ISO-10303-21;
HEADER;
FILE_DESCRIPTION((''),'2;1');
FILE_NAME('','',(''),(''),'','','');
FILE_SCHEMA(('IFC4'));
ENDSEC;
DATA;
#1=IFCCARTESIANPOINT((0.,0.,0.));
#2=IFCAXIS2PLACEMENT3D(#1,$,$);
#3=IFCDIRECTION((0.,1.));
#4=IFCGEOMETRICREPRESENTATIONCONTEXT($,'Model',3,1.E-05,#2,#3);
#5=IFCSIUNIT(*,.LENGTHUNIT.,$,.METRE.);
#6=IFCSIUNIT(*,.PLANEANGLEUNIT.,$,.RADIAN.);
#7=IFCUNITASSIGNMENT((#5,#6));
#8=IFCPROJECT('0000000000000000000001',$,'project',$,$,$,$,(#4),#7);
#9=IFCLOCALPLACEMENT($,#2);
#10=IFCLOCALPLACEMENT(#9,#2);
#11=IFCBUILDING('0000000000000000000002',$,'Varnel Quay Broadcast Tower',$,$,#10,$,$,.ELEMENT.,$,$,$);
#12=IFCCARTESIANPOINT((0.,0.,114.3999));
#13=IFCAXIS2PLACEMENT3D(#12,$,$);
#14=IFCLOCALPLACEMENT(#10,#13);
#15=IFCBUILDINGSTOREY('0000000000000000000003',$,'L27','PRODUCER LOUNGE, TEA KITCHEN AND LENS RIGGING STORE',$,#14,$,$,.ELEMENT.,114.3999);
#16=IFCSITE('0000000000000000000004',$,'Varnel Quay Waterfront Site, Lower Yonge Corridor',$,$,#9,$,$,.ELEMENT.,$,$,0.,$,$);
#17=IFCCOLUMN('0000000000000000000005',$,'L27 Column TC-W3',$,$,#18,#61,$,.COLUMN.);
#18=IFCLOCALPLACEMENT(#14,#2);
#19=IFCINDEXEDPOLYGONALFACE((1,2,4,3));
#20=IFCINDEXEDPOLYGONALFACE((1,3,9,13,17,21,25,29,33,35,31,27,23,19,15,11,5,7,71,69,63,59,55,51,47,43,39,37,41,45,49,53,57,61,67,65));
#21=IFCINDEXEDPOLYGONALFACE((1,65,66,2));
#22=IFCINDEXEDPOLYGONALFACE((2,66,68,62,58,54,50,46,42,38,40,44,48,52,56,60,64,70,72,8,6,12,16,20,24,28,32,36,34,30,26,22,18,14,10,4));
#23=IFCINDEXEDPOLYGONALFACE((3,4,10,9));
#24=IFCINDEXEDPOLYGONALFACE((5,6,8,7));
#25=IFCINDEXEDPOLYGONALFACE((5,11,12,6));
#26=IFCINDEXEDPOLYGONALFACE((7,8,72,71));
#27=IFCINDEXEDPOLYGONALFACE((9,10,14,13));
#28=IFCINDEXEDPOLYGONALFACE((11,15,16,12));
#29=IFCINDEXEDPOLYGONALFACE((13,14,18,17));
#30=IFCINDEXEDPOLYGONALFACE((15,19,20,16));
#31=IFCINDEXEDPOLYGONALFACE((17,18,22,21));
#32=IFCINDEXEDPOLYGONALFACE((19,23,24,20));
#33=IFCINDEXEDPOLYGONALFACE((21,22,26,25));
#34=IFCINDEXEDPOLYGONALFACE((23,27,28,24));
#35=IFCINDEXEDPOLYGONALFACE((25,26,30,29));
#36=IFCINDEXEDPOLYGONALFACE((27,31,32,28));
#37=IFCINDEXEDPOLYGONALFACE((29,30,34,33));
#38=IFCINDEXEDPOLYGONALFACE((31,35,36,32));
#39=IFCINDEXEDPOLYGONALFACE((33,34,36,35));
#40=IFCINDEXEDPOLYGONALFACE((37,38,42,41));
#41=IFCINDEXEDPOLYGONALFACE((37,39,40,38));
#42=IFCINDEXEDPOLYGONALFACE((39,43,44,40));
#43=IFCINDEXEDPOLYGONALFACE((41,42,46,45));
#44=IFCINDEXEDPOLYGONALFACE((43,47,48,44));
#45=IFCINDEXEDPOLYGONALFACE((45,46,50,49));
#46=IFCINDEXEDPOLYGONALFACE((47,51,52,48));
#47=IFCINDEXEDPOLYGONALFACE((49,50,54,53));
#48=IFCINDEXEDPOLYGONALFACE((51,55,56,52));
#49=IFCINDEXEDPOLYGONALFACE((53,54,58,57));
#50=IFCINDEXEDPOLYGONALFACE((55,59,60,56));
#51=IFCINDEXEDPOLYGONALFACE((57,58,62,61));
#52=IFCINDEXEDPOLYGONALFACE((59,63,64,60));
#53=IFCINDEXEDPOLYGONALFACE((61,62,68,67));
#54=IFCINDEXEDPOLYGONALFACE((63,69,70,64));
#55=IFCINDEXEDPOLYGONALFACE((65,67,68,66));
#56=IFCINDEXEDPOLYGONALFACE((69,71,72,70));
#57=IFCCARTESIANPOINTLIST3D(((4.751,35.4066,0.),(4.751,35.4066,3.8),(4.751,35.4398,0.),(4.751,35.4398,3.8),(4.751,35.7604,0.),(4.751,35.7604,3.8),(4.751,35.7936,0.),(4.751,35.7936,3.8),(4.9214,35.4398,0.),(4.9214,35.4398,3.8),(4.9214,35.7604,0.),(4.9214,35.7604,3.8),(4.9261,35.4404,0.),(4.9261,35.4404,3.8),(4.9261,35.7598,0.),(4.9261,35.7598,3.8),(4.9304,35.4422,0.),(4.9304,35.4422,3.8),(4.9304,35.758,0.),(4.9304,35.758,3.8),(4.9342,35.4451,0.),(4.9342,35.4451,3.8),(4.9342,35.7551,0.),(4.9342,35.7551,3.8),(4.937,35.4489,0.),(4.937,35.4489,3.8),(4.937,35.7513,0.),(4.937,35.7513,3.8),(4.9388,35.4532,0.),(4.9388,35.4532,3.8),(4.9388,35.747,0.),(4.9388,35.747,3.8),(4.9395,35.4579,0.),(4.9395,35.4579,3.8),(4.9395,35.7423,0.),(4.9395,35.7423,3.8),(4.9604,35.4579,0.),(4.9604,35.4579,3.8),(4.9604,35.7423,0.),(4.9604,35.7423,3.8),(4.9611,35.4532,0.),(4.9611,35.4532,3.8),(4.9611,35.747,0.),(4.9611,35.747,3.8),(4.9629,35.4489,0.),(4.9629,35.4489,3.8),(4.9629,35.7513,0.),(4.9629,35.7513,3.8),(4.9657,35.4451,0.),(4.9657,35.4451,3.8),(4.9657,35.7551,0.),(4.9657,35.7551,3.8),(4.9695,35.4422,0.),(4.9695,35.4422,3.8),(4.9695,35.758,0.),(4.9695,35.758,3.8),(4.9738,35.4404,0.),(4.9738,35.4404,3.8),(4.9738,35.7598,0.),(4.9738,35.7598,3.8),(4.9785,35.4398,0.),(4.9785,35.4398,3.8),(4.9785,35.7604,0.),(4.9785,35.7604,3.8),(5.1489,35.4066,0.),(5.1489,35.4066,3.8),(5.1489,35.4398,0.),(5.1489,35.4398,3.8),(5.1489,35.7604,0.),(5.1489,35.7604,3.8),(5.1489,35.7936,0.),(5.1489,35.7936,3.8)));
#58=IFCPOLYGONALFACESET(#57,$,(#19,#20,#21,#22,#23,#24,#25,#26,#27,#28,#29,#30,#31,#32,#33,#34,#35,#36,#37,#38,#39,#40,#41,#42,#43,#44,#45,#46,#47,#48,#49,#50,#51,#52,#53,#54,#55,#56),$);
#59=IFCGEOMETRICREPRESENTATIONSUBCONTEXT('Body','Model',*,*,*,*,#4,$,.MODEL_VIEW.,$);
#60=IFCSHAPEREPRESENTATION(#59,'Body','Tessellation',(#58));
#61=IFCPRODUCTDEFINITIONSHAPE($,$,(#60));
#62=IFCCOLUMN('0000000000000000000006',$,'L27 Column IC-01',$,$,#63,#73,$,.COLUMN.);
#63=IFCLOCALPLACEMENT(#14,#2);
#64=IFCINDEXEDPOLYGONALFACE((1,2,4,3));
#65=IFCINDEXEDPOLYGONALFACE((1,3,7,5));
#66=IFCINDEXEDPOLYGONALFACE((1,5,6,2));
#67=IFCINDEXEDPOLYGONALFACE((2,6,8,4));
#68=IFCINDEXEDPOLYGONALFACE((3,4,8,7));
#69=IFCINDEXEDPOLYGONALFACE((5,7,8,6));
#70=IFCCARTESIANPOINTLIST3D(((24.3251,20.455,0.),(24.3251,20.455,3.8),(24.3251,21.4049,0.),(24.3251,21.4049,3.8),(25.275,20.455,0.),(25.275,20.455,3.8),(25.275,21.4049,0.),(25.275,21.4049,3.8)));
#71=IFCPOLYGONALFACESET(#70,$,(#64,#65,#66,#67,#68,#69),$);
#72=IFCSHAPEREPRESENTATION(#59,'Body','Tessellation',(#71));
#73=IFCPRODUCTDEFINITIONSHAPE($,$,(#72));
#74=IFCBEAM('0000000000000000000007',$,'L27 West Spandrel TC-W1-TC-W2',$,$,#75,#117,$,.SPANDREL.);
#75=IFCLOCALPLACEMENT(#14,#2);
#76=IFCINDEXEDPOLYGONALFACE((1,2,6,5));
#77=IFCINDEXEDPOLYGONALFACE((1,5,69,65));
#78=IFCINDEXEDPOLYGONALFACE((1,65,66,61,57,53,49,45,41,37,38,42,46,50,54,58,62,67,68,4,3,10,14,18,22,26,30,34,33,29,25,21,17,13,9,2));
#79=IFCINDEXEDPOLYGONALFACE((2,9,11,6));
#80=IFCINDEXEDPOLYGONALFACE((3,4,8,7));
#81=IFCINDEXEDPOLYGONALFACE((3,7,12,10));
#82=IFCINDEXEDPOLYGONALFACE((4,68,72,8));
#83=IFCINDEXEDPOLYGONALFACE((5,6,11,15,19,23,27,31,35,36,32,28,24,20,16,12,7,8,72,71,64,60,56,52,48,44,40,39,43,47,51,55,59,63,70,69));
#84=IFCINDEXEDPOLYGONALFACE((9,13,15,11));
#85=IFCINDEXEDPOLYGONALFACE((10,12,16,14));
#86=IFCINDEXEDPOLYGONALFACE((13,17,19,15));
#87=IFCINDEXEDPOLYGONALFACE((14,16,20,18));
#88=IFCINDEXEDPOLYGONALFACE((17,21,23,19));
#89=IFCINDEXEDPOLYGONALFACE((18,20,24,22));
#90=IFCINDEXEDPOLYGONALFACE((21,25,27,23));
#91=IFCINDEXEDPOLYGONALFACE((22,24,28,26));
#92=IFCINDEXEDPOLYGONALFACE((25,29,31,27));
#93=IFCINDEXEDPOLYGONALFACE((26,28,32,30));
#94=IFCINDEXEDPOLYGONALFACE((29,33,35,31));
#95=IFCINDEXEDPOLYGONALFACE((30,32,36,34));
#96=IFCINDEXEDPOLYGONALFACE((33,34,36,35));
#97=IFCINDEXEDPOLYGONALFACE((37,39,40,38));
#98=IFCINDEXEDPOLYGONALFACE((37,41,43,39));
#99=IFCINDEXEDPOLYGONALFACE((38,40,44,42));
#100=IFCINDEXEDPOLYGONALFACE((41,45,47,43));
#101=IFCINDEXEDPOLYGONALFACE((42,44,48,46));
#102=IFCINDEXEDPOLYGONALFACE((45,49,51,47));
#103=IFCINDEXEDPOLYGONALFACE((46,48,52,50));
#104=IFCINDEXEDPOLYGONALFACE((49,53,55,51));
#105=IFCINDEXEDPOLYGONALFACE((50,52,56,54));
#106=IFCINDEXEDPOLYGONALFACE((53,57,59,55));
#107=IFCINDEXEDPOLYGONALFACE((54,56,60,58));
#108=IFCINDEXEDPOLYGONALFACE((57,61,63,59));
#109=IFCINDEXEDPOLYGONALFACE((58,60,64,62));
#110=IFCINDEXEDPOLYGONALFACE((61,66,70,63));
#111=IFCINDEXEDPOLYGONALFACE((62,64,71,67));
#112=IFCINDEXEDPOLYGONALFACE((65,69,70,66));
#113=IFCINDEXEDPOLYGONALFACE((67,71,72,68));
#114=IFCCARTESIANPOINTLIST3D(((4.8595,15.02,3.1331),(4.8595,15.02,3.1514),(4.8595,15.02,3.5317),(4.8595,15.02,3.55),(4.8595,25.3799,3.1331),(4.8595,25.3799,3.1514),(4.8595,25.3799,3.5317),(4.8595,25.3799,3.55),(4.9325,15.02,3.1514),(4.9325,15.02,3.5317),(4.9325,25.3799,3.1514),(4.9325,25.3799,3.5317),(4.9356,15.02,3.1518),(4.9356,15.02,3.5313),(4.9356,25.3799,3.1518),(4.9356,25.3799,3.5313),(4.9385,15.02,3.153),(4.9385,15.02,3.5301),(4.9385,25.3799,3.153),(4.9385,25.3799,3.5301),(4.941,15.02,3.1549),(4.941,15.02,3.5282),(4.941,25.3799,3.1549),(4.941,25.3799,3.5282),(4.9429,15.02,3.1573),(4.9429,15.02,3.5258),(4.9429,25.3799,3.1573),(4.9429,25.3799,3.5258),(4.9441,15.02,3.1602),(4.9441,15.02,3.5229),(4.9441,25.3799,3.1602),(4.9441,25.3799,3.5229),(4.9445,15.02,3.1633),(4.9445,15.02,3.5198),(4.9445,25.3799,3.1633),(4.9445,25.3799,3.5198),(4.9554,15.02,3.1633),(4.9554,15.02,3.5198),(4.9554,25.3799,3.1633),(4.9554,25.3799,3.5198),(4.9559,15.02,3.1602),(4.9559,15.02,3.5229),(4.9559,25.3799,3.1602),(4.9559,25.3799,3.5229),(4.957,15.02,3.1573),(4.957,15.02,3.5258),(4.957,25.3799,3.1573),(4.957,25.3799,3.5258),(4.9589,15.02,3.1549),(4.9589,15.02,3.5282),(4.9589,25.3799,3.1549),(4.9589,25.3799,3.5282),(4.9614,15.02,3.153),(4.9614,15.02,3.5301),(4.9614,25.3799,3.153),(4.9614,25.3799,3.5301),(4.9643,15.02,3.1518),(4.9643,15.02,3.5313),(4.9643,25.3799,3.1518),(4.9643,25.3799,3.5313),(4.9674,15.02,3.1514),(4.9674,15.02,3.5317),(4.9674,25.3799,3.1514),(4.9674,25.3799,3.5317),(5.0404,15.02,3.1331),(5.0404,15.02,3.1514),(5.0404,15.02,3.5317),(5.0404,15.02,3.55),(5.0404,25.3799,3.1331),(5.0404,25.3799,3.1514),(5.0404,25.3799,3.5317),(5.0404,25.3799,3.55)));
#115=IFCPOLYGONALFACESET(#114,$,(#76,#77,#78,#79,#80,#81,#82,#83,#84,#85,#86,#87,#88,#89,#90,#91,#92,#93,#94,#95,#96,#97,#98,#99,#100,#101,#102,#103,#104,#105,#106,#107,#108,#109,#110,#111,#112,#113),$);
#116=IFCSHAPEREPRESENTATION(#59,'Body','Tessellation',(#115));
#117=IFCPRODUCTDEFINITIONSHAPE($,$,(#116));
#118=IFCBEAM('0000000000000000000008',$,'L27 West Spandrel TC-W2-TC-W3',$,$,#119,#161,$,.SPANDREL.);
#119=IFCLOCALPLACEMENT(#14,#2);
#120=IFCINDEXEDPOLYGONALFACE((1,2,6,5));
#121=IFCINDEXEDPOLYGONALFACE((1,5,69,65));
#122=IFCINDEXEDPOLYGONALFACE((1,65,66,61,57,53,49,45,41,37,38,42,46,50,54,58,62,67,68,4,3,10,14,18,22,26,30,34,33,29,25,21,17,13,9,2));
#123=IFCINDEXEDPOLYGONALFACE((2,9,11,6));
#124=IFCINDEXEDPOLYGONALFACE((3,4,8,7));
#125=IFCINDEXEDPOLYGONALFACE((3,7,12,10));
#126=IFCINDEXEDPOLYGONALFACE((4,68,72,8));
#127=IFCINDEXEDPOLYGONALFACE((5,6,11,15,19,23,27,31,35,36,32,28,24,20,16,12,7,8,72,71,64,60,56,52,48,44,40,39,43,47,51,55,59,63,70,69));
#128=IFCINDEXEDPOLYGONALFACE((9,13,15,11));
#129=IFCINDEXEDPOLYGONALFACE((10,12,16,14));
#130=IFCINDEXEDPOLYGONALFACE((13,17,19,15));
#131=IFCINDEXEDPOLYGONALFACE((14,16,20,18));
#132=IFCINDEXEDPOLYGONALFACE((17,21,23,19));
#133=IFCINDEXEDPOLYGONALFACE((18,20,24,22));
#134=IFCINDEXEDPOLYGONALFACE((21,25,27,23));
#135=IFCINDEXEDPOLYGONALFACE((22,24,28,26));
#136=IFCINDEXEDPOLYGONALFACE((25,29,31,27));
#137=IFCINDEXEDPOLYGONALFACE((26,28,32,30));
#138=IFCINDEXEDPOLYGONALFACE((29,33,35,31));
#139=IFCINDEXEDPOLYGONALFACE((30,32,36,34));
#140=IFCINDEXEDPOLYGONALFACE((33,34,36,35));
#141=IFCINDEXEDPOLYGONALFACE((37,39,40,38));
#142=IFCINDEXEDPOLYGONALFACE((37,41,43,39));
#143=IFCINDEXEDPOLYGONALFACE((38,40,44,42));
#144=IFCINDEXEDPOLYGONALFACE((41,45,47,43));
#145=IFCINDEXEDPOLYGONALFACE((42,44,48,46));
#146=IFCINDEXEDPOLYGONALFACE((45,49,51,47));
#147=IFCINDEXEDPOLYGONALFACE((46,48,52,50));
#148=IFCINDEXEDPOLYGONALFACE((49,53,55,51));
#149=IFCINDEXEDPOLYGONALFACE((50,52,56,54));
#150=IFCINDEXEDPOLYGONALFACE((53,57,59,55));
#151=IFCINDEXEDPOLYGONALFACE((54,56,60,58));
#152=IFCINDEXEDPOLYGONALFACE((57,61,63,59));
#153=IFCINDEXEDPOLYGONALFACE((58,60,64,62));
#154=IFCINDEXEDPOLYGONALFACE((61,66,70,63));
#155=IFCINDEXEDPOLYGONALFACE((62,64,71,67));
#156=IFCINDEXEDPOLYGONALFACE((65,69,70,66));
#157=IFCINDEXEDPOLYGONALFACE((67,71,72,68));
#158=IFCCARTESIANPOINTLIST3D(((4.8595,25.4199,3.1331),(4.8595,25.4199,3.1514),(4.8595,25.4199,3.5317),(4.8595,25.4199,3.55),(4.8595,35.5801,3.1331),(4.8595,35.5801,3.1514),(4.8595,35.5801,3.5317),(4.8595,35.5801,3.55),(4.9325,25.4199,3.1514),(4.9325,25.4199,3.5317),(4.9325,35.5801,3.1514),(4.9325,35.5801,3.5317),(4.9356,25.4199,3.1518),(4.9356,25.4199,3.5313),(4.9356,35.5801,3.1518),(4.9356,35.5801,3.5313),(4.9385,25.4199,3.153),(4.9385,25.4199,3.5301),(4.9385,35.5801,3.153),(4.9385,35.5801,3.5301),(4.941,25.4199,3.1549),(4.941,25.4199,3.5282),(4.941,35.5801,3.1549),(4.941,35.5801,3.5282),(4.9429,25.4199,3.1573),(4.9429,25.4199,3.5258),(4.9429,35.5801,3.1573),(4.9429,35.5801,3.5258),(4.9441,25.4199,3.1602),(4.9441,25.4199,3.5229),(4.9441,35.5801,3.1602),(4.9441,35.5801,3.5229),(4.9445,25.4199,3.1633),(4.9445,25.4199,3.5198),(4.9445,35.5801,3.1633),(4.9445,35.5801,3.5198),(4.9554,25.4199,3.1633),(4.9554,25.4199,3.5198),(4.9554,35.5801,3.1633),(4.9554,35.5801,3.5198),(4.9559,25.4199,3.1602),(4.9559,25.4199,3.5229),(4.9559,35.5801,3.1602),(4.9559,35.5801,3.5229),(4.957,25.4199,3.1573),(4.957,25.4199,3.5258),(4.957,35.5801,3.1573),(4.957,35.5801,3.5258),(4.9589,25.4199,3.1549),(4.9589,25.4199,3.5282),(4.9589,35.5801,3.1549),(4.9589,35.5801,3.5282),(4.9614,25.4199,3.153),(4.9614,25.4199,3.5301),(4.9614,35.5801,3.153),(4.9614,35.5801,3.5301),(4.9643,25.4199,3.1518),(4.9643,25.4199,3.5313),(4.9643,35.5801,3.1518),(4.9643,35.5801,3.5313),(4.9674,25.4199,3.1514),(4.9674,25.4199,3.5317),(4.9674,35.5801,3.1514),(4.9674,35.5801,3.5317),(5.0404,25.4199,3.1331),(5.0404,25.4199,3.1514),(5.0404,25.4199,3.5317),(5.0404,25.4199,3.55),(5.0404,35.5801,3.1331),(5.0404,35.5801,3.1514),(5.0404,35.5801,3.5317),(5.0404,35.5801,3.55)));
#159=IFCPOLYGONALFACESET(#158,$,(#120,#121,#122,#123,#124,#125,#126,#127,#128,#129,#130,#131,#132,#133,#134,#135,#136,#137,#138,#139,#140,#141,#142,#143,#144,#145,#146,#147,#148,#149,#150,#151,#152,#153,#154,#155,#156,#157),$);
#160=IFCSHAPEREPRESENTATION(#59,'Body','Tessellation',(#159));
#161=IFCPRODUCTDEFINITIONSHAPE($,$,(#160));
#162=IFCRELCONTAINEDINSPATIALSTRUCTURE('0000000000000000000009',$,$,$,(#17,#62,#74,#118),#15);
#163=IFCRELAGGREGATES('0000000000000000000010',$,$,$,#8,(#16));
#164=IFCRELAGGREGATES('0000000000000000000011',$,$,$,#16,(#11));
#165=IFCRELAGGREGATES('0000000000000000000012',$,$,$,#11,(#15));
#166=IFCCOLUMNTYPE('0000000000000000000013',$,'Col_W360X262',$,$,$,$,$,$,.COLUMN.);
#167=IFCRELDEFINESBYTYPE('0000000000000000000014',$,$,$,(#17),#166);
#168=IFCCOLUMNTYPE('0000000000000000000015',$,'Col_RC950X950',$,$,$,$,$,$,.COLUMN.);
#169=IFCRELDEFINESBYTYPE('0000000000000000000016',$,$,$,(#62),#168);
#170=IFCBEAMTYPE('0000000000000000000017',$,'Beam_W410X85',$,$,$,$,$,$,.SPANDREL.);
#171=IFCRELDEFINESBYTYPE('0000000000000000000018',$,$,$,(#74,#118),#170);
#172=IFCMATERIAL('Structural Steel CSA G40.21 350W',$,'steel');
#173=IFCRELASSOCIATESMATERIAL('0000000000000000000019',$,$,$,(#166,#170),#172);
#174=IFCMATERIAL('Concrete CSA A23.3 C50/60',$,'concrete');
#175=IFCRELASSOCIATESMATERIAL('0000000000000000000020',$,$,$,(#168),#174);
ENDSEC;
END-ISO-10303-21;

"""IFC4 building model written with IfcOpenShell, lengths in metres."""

from ifc_helpers import new_model, si_unit, direction, frame, origin, origin_2d, place, context, subcontext, project, spatial, rectangle, i_section, extrude, source, transform, mapped, material, material_profile, profile_set, type_object, type_shapes, element, save


model = new_model("IFC4")

# Units and contexts
model_context = context("Model", 3, precision=1e-05, world=origin(), true_north=direction((0.0, 1.0)))
body_context = subcontext(model_context, "Body", "Model", "MODEL_VIEW")
ifc_project = project(units=[si_unit("LENGTHUNIT", "METRE"), si_unit("PLANEANGLEUNIT", "RADIAN")], contexts=[model_context])

# Site, building, storey
site_placement = place(None, origin())
site = spatial("IfcSite", under=ifc_project, at=site_placement, Name="Varnel Quay Waterfront Site, Lower Yonge Corridor", CompositionType="ELEMENT", RefElevation=0.0)
building_placement = place(site_placement, origin())
building = spatial("IfcBuilding", under=site, at=building_placement, Name="Varnel Quay Broadcast Tower", CompositionType="ELEMENT")
storey_placement = place(building_placement, frame((0.0, 0.0, 114.3999)))
storey = spatial("IfcBuildingStorey", under=building, at=storey_placement, Name="L27", Description="PRODUCER LOUNGE, TEA KITCHEN AND LENS RIGGING STORE", CompositionType="ELEMENT", Elevation=114.3999)

# Columns
ifc_material_1 = material(Name="Structural Steel CSA G40.21 350W", Category="steel")
ifc_material_profile_1 = material_profile(ifc_material_1, i_section(OverallWidth=0.3979, OverallDepth=0.387, WebThickness=0.021, FlangeThickness=0.0332, FilletRadius=0.0181, at=origin_2d()), Name="W360X262")
ifc_profile_set_1 = profile_set([ifc_material_profile_1], Name="Structural Steel CSA G40.21 350W")
column_type_1 = type_object("IfcColumnType", Name="Col_W360X262", PredefinedType="COLUMN", material=ifc_profile_set_1)
shared_shape_1 = source(origin(), body_context, "Body", "SweptSolid", [
    extrude(i_section(OverallWidth=0.3979, OverallDepth=0.387, WebThickness=0.021, FlangeThickness=0.0332, FilletRadius=0.0181, at=origin_2d()), origin(), (0.0, 0.0, 1.0), 3.8),
])
type_shapes(column_type_1, [shared_shape_1])
for number, where, z_axis, x_axis, name in (
    (1, (4.95, 35.6001, 0.0), (0.0, 0.0, 1.0), (1.0, 0.0, 0.0), "L27 Column TC-W3"),
):
    element("IfcColumn", number, at=place(storey_placement, frame(where, z_axis=z_axis, x_axis=x_axis)), inside=storey, type_object=column_type_1, Name=name, PredefinedType="COLUMN", context=body_context, shape_type="MappedRepresentation", body=[
        mapped(shared_shape_1, transform((0.0, 0.0, 0.0), x_axis=(1.0, 0.0, 0.0), y_axis=(0.0, 1.0, 0.0), z_axis=(0.0, 0.0, 1.0), scale=1.0)),
    ])
ifc_material_2 = material(Name="Concrete CSA A23.3 C50/60", Category="concrete")
ifc_material_profile_2 = material_profile(ifc_material_2, rectangle(XDim=0.95, YDim=0.95, at=origin_2d()), Name="RC950X950")
ifc_profile_set_2 = profile_set([ifc_material_profile_2], Name="Concrete CSA A23.3 C50/60")
column_type_2 = type_object("IfcColumnType", Name="Col_RC950X950", PredefinedType="COLUMN", material=ifc_profile_set_2)
shared_shape_2 = source(origin(), body_context, "Body", "SweptSolid", [
    extrude(rectangle(XDim=0.95, YDim=0.95, at=origin_2d()), origin(), (0.0, 0.0, 1.0), 3.8),
])
type_shapes(column_type_2, [shared_shape_2])
column_placement = place(storey_placement, frame((24.8, 20.9299, 0.0), z_axis=(0.0, 0.0, 1.0), x_axis=(1.0, 0.0, 0.0)))
element("IfcColumn", 2, at=column_placement, inside=storey, type_object=column_type_2, Name="L27 Column IC-01", PredefinedType="COLUMN", context=body_context, shape_type="MappedRepresentation", body=[
    mapped(shared_shape_2, transform((0.0, 0.0, 0.0), x_axis=(1.0, 0.0, 0.0), y_axis=(0.0, 1.0, 0.0), z_axis=(0.0, 0.0, 1.0), scale=1.0)),
])

# Beams
ifc_material_profile_3 = material_profile(ifc_material_1, i_section(OverallWidth=0.1809, OverallDepth=0.417, WebThickness=0.011, FlangeThickness=0.0183, FilletRadius=0.012, at=origin_2d()), Name="W410X85")
ifc_profile_set_3 = profile_set([ifc_material_profile_3], Name="Structural Steel CSA G40.21 350W")
beam_type_1 = type_object("IfcBeamType", Name="Beam_W410X85", PredefinedType="SPANDREL", material=ifc_profile_set_3)
shared_shape_3 = source(origin(), body_context, "Body", "SweptSolid", [
    extrude(i_section(OverallWidth=0.1809, OverallDepth=0.417, WebThickness=0.011, FlangeThickness=0.0183, FilletRadius=0.012, at=origin_2d()), origin(), (0.0, 0.0, 1.0), 10.3599),
])
beam_1_placement = place(storey_placement, frame((4.95, 15.02, 3.3416), z_axis=(0.0, 1.0, 0.0), x_axis=(-1.0, 0.0, 0.0)))
element("IfcBeam", 3, at=beam_1_placement, inside=storey, type_object=beam_type_1, Name="L27 West Spandrel TC-W1-TC-W2", PredefinedType="SPANDREL", context=body_context, shape_type="MappedRepresentation", body=[
    mapped(shared_shape_3, transform((0.0, 0.0, 0.0), x_axis=(1.0, 0.0, 0.0), y_axis=(0.0, 1.0, 0.0), z_axis=(0.0, 0.0, 1.0), scale=1.0)),
])
shared_shape_4 = source(origin(), body_context, "Body", "SweptSolid", [
    extrude(i_section(OverallWidth=0.1809, OverallDepth=0.417, WebThickness=0.011, FlangeThickness=0.0183, FilletRadius=0.012, at=origin_2d()), origin(), (0.0, 0.0, 1.0), 10.1602),
])
type_shapes(beam_type_1, [shared_shape_3, shared_shape_4])
beam_2_placement = place(storey_placement, frame((4.95, 25.4199, 3.3416), z_axis=(0.0, 1.0, 0.0), x_axis=(-1.0, 0.0, 0.0)))
element("IfcBeam", 4, at=beam_2_placement, inside=storey, type_object=beam_type_1, Name="L27 West Spandrel TC-W2-TC-W3", PredefinedType="SPANDREL", context=body_context, shape_type="MappedRepresentation", body=[
    mapped(shared_shape_4, transform((0.0, 0.0, 0.0), x_axis=(1.0, 0.0, 0.0), y_axis=(0.0, 1.0, 0.0), z_axis=(0.0, 0.0, 1.0), scale=1.0)),
])

save(model, "model.ifc")
